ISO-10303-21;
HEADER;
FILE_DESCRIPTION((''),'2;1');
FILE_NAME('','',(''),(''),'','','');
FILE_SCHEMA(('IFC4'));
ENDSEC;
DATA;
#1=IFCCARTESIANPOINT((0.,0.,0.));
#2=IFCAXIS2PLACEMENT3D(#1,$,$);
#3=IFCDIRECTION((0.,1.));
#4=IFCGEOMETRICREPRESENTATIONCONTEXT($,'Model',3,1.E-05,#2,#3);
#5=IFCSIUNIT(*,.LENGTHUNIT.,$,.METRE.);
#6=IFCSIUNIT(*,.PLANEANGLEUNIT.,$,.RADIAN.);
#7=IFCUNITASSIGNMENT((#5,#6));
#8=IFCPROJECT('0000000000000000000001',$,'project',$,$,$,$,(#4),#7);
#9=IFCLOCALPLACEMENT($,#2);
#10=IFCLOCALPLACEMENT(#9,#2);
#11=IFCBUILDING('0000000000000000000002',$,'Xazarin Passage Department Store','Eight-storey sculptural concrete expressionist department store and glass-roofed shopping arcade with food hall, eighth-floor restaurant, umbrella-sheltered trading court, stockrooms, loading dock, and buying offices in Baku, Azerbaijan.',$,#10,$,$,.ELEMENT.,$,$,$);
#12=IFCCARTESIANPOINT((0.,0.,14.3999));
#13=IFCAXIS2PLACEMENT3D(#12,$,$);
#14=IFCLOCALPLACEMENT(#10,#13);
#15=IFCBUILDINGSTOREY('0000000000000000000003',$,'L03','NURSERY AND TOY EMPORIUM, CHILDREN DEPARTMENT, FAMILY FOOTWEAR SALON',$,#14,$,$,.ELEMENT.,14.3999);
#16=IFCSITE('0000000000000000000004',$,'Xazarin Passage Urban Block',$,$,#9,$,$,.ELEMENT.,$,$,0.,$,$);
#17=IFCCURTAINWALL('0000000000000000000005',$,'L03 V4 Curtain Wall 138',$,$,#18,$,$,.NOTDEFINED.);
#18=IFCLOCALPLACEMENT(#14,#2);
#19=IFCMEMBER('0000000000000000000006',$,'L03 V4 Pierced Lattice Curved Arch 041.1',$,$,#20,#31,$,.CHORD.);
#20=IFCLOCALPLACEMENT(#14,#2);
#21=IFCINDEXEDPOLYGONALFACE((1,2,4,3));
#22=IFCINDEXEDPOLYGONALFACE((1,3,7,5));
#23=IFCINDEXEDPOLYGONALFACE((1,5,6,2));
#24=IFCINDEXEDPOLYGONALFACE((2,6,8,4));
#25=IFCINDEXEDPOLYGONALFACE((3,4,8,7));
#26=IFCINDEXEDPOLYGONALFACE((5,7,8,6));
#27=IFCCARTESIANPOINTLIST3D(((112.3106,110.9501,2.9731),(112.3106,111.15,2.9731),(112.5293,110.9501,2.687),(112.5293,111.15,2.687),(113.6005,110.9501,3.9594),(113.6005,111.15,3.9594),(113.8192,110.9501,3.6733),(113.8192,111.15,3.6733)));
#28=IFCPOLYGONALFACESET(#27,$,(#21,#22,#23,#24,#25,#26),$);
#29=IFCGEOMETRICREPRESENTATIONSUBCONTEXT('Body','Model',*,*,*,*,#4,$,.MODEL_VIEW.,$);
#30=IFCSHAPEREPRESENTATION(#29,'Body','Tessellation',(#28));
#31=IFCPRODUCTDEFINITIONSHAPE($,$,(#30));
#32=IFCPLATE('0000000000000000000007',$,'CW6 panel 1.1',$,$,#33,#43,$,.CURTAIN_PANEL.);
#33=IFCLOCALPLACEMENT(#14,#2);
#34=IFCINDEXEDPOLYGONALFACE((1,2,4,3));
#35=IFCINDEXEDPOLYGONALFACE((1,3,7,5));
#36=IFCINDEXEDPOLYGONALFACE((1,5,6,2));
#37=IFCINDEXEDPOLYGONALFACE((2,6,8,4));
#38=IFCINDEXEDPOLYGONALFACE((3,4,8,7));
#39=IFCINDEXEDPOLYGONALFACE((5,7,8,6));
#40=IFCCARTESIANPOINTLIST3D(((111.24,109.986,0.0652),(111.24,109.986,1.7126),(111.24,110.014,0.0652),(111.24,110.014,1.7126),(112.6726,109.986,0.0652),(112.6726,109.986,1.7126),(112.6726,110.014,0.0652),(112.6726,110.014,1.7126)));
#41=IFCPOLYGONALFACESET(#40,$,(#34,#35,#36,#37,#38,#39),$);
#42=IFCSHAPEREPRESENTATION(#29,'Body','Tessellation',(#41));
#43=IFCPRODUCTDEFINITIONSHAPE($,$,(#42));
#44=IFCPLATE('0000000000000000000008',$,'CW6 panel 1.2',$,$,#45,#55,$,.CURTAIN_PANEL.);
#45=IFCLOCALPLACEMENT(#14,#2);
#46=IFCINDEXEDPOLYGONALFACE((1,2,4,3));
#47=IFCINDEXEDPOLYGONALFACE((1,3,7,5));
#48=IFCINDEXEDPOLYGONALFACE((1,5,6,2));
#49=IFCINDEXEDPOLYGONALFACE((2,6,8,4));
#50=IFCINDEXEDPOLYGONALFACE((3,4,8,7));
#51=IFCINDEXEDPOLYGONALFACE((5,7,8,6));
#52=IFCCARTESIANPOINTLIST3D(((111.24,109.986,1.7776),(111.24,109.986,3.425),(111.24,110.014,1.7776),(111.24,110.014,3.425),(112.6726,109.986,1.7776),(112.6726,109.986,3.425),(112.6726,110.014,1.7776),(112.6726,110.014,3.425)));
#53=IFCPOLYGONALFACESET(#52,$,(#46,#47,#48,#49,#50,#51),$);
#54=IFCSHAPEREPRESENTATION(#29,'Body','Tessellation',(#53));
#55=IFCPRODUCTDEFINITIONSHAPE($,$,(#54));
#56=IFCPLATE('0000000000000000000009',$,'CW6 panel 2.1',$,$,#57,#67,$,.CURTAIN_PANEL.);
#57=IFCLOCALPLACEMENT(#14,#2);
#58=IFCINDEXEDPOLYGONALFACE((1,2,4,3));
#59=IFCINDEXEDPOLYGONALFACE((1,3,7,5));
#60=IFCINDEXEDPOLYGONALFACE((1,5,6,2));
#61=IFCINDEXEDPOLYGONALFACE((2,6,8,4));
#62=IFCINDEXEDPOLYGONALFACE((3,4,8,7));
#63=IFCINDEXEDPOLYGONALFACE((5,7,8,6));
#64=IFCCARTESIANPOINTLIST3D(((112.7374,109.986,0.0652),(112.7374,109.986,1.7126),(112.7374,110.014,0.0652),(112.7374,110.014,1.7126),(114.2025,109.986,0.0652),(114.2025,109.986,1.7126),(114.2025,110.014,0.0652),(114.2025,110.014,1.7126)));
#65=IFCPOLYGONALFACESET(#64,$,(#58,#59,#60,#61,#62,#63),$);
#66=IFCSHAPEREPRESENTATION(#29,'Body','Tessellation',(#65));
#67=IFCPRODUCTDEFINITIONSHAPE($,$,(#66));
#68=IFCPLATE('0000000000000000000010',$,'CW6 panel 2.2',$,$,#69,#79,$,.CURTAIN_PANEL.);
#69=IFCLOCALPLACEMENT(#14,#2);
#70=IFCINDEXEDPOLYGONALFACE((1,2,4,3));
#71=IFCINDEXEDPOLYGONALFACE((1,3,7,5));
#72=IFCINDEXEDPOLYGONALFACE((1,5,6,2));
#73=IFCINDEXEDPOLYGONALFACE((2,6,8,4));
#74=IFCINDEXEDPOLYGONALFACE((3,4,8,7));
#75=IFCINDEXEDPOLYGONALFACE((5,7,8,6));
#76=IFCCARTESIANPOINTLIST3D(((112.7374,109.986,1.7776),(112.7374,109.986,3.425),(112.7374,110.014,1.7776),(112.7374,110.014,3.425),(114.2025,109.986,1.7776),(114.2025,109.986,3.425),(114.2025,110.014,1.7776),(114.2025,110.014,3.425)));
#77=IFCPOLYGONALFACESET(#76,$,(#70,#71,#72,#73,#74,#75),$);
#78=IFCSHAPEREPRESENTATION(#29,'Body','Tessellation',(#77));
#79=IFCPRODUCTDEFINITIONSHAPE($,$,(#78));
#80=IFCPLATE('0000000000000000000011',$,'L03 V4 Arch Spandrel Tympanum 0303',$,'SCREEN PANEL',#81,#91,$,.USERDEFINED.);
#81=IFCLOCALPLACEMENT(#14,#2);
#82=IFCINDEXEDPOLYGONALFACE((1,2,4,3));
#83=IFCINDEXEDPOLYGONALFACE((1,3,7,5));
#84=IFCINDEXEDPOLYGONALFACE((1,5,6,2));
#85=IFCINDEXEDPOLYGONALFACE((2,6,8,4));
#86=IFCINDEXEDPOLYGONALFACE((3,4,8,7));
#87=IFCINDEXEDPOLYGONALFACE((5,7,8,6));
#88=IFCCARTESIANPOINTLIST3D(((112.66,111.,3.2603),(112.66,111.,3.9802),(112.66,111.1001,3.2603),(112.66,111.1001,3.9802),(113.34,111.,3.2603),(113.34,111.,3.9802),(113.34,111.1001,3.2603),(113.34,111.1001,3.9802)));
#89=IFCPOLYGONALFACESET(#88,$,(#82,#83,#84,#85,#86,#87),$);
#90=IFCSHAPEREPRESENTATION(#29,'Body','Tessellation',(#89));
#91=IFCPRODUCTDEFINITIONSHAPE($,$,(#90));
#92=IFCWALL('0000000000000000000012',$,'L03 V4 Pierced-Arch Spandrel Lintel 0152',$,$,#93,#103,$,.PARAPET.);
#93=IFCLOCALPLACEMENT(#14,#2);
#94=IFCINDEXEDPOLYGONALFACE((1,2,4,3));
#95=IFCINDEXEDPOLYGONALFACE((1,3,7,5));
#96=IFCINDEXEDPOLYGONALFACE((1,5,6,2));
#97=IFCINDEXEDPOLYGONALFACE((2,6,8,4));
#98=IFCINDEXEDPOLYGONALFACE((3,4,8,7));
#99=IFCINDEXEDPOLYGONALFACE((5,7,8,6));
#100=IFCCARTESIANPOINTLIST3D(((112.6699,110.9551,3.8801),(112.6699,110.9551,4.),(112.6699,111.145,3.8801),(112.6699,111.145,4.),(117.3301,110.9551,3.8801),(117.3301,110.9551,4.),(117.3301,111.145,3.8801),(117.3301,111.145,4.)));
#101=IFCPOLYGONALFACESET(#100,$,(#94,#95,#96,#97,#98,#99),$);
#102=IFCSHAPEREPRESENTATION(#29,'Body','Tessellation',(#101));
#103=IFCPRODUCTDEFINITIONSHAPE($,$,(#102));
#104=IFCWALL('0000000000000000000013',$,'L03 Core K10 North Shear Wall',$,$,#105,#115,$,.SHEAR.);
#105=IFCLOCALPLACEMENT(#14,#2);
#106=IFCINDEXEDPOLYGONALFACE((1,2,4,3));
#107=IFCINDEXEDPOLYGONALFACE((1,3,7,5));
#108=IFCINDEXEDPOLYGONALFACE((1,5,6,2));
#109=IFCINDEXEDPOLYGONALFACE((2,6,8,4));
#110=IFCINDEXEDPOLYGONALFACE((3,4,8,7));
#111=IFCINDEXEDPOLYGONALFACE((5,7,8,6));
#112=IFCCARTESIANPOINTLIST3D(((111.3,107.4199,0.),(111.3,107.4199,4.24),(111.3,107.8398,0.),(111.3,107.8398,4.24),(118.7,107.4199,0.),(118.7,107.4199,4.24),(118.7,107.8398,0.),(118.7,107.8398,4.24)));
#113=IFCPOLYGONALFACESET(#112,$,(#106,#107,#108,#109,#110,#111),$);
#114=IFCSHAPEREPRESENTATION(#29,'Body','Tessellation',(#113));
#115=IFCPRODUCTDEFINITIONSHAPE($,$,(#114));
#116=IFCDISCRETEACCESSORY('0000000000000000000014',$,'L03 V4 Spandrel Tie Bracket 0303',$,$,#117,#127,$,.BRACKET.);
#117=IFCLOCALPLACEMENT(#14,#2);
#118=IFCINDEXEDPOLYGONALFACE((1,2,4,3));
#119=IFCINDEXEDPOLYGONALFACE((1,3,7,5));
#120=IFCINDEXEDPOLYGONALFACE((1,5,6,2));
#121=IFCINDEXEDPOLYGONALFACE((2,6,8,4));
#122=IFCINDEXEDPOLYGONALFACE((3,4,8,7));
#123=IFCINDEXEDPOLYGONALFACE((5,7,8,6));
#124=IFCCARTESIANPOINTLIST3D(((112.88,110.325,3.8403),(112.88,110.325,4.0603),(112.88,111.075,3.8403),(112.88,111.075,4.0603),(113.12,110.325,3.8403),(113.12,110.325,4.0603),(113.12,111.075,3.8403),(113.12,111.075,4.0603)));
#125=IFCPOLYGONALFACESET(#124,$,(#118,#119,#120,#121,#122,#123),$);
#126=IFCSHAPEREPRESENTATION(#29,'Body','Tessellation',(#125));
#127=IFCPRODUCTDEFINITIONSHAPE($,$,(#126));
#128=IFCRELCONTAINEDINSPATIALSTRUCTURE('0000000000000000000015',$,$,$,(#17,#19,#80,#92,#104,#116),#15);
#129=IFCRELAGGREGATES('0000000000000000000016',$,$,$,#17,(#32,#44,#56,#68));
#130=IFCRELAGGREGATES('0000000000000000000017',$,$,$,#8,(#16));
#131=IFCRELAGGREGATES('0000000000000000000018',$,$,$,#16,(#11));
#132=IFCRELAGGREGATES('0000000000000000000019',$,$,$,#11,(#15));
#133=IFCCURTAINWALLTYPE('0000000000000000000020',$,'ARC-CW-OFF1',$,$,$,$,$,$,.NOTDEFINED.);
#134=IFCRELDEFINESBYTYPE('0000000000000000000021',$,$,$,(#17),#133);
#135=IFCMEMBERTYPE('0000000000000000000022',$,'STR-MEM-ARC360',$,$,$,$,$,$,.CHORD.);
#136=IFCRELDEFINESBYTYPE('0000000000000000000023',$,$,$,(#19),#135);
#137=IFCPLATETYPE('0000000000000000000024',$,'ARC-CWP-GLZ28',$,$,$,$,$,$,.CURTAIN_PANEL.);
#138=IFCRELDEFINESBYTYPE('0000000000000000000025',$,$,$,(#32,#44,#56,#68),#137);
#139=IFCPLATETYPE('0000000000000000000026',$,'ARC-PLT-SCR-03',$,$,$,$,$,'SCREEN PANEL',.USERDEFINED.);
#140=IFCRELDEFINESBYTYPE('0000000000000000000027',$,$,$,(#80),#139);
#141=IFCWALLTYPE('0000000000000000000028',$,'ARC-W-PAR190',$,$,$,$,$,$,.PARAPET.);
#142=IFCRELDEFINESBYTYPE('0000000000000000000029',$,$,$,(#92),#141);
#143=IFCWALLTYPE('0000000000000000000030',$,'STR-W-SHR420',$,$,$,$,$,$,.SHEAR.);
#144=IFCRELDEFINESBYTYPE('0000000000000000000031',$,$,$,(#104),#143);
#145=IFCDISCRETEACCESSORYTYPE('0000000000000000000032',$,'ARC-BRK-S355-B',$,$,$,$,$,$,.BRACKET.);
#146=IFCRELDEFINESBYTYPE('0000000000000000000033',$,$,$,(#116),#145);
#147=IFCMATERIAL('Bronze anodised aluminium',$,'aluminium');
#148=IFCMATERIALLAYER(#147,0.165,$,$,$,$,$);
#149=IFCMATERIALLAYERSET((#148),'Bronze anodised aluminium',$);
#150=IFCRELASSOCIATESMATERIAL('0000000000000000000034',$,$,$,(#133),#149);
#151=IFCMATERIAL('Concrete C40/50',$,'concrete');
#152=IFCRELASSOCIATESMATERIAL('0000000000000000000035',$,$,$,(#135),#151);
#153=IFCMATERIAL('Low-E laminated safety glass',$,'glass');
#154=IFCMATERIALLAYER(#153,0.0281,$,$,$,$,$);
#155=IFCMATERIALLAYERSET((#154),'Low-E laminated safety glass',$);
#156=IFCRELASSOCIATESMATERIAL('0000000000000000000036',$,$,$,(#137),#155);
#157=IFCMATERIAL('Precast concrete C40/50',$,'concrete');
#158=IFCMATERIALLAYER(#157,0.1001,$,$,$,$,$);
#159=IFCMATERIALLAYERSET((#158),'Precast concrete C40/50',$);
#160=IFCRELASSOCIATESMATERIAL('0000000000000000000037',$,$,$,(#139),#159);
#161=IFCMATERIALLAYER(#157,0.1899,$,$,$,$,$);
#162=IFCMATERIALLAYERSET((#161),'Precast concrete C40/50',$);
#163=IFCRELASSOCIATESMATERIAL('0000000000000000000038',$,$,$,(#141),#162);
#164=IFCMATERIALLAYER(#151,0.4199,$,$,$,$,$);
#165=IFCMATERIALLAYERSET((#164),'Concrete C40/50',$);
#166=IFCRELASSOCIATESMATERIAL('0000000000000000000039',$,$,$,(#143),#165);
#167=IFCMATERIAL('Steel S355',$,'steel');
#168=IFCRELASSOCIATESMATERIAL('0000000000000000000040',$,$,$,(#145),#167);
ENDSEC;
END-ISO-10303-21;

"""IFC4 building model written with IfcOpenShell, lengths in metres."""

from ifc_helpers import new_model, si_unit, direction, frame, frame_2d, origin, origin_2d, place, context, subcontext, project, spatial, rectangle, extrude, material, layer, layer_set, material_profile, profile_set, type_object, element, aggregate, save


model = new_model("IFC4")

# Units and contexts
model_context = context("Model", 3, precision=1e-05, world=origin(), true_north=direction((0.0, 1.0)))
body_context = subcontext(model_context, "Body", "Model", "MODEL_VIEW")
ifc_project = project(units=[si_unit("LENGTHUNIT", "METRE"), si_unit("PLANEANGLEUNIT", "RADIAN")], contexts=[model_context])

# Site, building, storey
site_placement = place(None, origin())
site = spatial("IfcSite", under=ifc_project, at=site_placement, Name="Xazarin Passage Urban Block", CompositionType="ELEMENT", RefElevation=0.0)
building_placement = place(site_placement, origin())
building = spatial("IfcBuilding", under=site, at=building_placement, Name="Xazarin Passage Department Store", Description="Eight-storey sculptural concrete expressionist department store and glass-roofed shopping arcade with food hall, eighth-floor restaurant, umbrella-sheltered trading court, stockrooms, loading dock, and buying offices in Baku, Azerbaijan.", CompositionType="ELEMENT")
storey_placement = place(building_placement, frame((0.0, 0.0, 14.3999)))
storey = spatial("IfcBuildingStorey", under=building, at=storey_placement, Name="L03", Description="NURSERY AND TOY EMPORIUM, CHILDREN DEPARTMENT, FAMILY FOOTWEAR SALON", CompositionType="ELEMENT", Elevation=14.3999)

# Shared definitions
ifc_material_1 = material(Name="Concrete C40/50", Category="concrete")

# Curtain wall
ifc_material_2 = material(Name="Bronze anodised aluminium", Category="aluminium")
ifc_layer_1 = layer(ifc_material_2, 0.165)
ifc_layer_set_1 = layer_set([ifc_layer_1], Name="Bronze anodised aluminium")
curtain_wall_type = type_object("IfcCurtainWallType", Name="ARC-CW-OFF1", PredefinedType="NOTDEFINED", material=ifc_layer_set_1)
curtain_wall_placement = place(storey_placement, origin())
curtain_wall = element("IfcCurtainWall", 1, at=curtain_wall_placement, inside=storey, type_object=curtain_wall_type, Name="L03 V4 Curtain Wall 138", PredefinedType="NOTDEFINED")

# Member
ifc_material_profile_1 = material_profile(ifc_material_1, rectangle(XDim=0.2, YDim=0.3601, at=origin_2d()), Name="RC 200x360")
ifc_profile_set_1 = profile_set([ifc_material_profile_1], Name="Concrete C40/50")
member_type_1 = type_object("IfcMemberType", Name="STR-MEM-ARC360", PredefinedType="CHORD", material=ifc_profile_set_1)
member_1_placement = place(storey_placement, frame((112.4199, 111.05, 2.8301), z_axis=(0.794409, 0.0, 0.607383), x_axis=(0.0, 1.0, 0.0)))
element("IfcMember", 2, at=member_1_placement, inside=storey, type_object=member_type_1, Name="L03 V4 Pierced Lattice Curved Arch 041.1", PredefinedType="CHORD", context=body_context, shape_type="SweptSolid", body=[
    extrude(rectangle(XDim=0.2, YDim=0.3601, at=origin_2d()), origin(), (0.0, 0.0, 1.0), 1.6238),
])

# Plates
ifc_material_3 = material(Name="Low-E laminated safety glass", Category="glass")
ifc_layer_2 = layer(ifc_material_3, 0.0281)
ifc_layer_set_2 = layer_set([ifc_layer_2], Name="Low-E laminated safety glass")
plate_type_1 = type_object("IfcPlateType", Name="ARC-CWP-GLZ28", PredefinedType="CURTAIN_PANEL", material=ifc_layer_set_2)
plate_1_placement = place(storey_placement, frame((111.9563, 110.0, 0.0652), z_axis=(0.0, 0.0, 1.0), x_axis=(1.0, 0.0, 0.0)))
plate_1 = element("IfcPlate", 3, at=plate_1_placement, type_object=plate_type_1, Name="CW6 panel 1.1", PredefinedType="CURTAIN_PANEL", context=body_context, shape_type="SweptSolid", body=[
    extrude(rectangle(XDim=1.4326, YDim=0.0281, at=origin_2d()), origin(), (0.0, 0.0, 1.0), 1.6475),
])
plate_2_placement = place(storey_placement, frame((111.9563, 110.0, 1.7776), z_axis=(0.0, 0.0, 1.0), x_axis=(1.0, 0.0, 0.0)))
plate_2 = element("IfcPlate", 4, at=plate_2_placement, type_object=plate_type_1, Name="CW6 panel 1.2", PredefinedType="CURTAIN_PANEL", context=body_context, shape_type="SweptSolid", body=[
    extrude(rectangle(XDim=1.4326, YDim=0.0281, at=origin_2d()), origin(), (0.0, 0.0, 1.0), 1.6475),
])
plate_3_placement = place(storey_placement, frame((113.47, 110.0, 0.0652), z_axis=(0.0, 0.0, 1.0), x_axis=(1.0, 0.0, 0.0)))
plate_3 = element("IfcPlate", 5, at=plate_3_placement, type_object=plate_type_1, Name="CW6 panel 2.1", PredefinedType="CURTAIN_PANEL", context=body_context, shape_type="SweptSolid", body=[
    extrude(rectangle(XDim=1.4651, YDim=0.0281, at=origin_2d()), origin(), (0.0, 0.0, 1.0), 1.6475),
])
plate_4_placement = place(storey_placement, frame((113.47, 110.0, 1.7776), z_axis=(0.0, 0.0, 1.0), x_axis=(1.0, 0.0, 0.0)))
plate_4 = element("IfcPlate", 6, at=plate_4_placement, type_object=plate_type_1, Name="CW6 panel 2.2", PredefinedType="CURTAIN_PANEL", context=body_context, shape_type="SweptSolid", body=[
    extrude(rectangle(XDim=1.4651, YDim=0.0281, at=origin_2d()), origin(), (0.0, 0.0, 1.0), 1.6475),
])
aggregate(curtain_wall, [plate_1, plate_2, plate_3, plate_4])
ifc_material_4 = material(Name="Precast concrete C40/50", Category="concrete")
ifc_layer_3 = layer(ifc_material_4, 0.1001)
ifc_layer_set_3 = layer_set([ifc_layer_3], Name="Precast concrete C40/50")
plate_type_2 = type_object("IfcPlateType", Name="ARC-PLT-SCR-03", ElementType="SCREEN PANEL", PredefinedType="USERDEFINED", material=ifc_layer_set_3)
plate_5_placement = place(storey_placement, frame((113.0, 111.05, 3.2603), z_axis=(0.0, 0.0, 1.0), x_axis=(1.0, 0.0, 0.0)))
element("IfcPlate", 7, at=plate_5_placement, inside=storey, type_object=plate_type_2, Name="L03 V4 Arch Spandrel Tympanum 0303", ObjectType="SCREEN PANEL", PredefinedType="USERDEFINED", context=body_context, shape_type="SweptSolid", body=[
    extrude(rectangle(XDim=0.6799, YDim=0.1001, at=origin_2d()), origin(), (0.0, 0.0, 1.0), 0.72),
])

# Walls
ifc_layer_4 = layer(ifc_material_4, 0.1899)
ifc_layer_set_4 = layer_set([ifc_layer_4], Name="Precast concrete C40/50")
wall_type_1 = type_object("IfcWallType", Name="ARC-W-PAR190", PredefinedType="PARAPET", material=ifc_layer_set_4)
wall_1_placement = place(storey_placement, frame((112.6699, 111.05, 3.8801), z_axis=(0.0, 0.0, 1.0), x_axis=(1.0, 0.0, 0.0)))
element("IfcWall", 8, at=wall_1_placement, inside=storey, type_object=wall_type_1, Name="L03 V4 Pierced-Arch Spandrel Lintel 0152", PredefinedType="PARAPET", context=body_context, shape_type="SweptSolid", body=[
    extrude(rectangle(XDim=4.6602, YDim=0.1899, at=frame_2d((2.3301, 0.0))), origin(), (0.0, 0.0, 1.0), 0.1199),
])
ifc_layer_5 = layer(ifc_material_1, 0.4199)
ifc_layer_set_5 = layer_set([ifc_layer_5], Name="Concrete C40/50")
wall_type_2 = type_object("IfcWallType", Name="STR-W-SHR420", PredefinedType="SHEAR", material=ifc_layer_set_5)
wall_2_placement = place(storey_placement, frame((111.3, 107.6299, 0.0), z_axis=(0.0, 0.0, 1.0), x_axis=(1.0, 0.0, 0.0)))
element("IfcWall", 9, at=wall_2_placement, inside=storey, type_object=wall_type_2, Name="L03 Core K10 North Shear Wall", PredefinedType="SHEAR", context=body_context, shape_type="SweptSolid", body=[
    extrude(rectangle(XDim=7.3999, YDim=0.4199, at=frame_2d((3.7, 0.0))), origin(), (0.0, 0.0, 1.0), 4.24),
])

# Discrete accessory
ifc_material_5 = material(Name="Steel S355", Category="steel")
discrete_accessory_type = type_object("IfcDiscreteAccessoryType", Name="ARC-BRK-S355-B", PredefinedType="BRACKET", material=ifc_material_5)
discrete_accessory_placement = place(storey_placement, frame((113.0, 110.7, 3.8403), z_axis=(0.0, 0.0, 1.0), x_axis=(1.0, 0.0, 0.0)))
element("IfcDiscreteAccessory", 10, at=discrete_accessory_placement, inside=storey, type_object=discrete_accessory_type, Name="L03 V4 Spandrel Tie Bracket 0303", PredefinedType="BRACKET", context=body_context, shape_type="SweptSolid", body=[
    extrude(rectangle(XDim=0.24, YDim=0.75, at=origin_2d()), origin(), (0.0, 0.0, 1.0), 0.22),
])

save(model, "model.ifc")
